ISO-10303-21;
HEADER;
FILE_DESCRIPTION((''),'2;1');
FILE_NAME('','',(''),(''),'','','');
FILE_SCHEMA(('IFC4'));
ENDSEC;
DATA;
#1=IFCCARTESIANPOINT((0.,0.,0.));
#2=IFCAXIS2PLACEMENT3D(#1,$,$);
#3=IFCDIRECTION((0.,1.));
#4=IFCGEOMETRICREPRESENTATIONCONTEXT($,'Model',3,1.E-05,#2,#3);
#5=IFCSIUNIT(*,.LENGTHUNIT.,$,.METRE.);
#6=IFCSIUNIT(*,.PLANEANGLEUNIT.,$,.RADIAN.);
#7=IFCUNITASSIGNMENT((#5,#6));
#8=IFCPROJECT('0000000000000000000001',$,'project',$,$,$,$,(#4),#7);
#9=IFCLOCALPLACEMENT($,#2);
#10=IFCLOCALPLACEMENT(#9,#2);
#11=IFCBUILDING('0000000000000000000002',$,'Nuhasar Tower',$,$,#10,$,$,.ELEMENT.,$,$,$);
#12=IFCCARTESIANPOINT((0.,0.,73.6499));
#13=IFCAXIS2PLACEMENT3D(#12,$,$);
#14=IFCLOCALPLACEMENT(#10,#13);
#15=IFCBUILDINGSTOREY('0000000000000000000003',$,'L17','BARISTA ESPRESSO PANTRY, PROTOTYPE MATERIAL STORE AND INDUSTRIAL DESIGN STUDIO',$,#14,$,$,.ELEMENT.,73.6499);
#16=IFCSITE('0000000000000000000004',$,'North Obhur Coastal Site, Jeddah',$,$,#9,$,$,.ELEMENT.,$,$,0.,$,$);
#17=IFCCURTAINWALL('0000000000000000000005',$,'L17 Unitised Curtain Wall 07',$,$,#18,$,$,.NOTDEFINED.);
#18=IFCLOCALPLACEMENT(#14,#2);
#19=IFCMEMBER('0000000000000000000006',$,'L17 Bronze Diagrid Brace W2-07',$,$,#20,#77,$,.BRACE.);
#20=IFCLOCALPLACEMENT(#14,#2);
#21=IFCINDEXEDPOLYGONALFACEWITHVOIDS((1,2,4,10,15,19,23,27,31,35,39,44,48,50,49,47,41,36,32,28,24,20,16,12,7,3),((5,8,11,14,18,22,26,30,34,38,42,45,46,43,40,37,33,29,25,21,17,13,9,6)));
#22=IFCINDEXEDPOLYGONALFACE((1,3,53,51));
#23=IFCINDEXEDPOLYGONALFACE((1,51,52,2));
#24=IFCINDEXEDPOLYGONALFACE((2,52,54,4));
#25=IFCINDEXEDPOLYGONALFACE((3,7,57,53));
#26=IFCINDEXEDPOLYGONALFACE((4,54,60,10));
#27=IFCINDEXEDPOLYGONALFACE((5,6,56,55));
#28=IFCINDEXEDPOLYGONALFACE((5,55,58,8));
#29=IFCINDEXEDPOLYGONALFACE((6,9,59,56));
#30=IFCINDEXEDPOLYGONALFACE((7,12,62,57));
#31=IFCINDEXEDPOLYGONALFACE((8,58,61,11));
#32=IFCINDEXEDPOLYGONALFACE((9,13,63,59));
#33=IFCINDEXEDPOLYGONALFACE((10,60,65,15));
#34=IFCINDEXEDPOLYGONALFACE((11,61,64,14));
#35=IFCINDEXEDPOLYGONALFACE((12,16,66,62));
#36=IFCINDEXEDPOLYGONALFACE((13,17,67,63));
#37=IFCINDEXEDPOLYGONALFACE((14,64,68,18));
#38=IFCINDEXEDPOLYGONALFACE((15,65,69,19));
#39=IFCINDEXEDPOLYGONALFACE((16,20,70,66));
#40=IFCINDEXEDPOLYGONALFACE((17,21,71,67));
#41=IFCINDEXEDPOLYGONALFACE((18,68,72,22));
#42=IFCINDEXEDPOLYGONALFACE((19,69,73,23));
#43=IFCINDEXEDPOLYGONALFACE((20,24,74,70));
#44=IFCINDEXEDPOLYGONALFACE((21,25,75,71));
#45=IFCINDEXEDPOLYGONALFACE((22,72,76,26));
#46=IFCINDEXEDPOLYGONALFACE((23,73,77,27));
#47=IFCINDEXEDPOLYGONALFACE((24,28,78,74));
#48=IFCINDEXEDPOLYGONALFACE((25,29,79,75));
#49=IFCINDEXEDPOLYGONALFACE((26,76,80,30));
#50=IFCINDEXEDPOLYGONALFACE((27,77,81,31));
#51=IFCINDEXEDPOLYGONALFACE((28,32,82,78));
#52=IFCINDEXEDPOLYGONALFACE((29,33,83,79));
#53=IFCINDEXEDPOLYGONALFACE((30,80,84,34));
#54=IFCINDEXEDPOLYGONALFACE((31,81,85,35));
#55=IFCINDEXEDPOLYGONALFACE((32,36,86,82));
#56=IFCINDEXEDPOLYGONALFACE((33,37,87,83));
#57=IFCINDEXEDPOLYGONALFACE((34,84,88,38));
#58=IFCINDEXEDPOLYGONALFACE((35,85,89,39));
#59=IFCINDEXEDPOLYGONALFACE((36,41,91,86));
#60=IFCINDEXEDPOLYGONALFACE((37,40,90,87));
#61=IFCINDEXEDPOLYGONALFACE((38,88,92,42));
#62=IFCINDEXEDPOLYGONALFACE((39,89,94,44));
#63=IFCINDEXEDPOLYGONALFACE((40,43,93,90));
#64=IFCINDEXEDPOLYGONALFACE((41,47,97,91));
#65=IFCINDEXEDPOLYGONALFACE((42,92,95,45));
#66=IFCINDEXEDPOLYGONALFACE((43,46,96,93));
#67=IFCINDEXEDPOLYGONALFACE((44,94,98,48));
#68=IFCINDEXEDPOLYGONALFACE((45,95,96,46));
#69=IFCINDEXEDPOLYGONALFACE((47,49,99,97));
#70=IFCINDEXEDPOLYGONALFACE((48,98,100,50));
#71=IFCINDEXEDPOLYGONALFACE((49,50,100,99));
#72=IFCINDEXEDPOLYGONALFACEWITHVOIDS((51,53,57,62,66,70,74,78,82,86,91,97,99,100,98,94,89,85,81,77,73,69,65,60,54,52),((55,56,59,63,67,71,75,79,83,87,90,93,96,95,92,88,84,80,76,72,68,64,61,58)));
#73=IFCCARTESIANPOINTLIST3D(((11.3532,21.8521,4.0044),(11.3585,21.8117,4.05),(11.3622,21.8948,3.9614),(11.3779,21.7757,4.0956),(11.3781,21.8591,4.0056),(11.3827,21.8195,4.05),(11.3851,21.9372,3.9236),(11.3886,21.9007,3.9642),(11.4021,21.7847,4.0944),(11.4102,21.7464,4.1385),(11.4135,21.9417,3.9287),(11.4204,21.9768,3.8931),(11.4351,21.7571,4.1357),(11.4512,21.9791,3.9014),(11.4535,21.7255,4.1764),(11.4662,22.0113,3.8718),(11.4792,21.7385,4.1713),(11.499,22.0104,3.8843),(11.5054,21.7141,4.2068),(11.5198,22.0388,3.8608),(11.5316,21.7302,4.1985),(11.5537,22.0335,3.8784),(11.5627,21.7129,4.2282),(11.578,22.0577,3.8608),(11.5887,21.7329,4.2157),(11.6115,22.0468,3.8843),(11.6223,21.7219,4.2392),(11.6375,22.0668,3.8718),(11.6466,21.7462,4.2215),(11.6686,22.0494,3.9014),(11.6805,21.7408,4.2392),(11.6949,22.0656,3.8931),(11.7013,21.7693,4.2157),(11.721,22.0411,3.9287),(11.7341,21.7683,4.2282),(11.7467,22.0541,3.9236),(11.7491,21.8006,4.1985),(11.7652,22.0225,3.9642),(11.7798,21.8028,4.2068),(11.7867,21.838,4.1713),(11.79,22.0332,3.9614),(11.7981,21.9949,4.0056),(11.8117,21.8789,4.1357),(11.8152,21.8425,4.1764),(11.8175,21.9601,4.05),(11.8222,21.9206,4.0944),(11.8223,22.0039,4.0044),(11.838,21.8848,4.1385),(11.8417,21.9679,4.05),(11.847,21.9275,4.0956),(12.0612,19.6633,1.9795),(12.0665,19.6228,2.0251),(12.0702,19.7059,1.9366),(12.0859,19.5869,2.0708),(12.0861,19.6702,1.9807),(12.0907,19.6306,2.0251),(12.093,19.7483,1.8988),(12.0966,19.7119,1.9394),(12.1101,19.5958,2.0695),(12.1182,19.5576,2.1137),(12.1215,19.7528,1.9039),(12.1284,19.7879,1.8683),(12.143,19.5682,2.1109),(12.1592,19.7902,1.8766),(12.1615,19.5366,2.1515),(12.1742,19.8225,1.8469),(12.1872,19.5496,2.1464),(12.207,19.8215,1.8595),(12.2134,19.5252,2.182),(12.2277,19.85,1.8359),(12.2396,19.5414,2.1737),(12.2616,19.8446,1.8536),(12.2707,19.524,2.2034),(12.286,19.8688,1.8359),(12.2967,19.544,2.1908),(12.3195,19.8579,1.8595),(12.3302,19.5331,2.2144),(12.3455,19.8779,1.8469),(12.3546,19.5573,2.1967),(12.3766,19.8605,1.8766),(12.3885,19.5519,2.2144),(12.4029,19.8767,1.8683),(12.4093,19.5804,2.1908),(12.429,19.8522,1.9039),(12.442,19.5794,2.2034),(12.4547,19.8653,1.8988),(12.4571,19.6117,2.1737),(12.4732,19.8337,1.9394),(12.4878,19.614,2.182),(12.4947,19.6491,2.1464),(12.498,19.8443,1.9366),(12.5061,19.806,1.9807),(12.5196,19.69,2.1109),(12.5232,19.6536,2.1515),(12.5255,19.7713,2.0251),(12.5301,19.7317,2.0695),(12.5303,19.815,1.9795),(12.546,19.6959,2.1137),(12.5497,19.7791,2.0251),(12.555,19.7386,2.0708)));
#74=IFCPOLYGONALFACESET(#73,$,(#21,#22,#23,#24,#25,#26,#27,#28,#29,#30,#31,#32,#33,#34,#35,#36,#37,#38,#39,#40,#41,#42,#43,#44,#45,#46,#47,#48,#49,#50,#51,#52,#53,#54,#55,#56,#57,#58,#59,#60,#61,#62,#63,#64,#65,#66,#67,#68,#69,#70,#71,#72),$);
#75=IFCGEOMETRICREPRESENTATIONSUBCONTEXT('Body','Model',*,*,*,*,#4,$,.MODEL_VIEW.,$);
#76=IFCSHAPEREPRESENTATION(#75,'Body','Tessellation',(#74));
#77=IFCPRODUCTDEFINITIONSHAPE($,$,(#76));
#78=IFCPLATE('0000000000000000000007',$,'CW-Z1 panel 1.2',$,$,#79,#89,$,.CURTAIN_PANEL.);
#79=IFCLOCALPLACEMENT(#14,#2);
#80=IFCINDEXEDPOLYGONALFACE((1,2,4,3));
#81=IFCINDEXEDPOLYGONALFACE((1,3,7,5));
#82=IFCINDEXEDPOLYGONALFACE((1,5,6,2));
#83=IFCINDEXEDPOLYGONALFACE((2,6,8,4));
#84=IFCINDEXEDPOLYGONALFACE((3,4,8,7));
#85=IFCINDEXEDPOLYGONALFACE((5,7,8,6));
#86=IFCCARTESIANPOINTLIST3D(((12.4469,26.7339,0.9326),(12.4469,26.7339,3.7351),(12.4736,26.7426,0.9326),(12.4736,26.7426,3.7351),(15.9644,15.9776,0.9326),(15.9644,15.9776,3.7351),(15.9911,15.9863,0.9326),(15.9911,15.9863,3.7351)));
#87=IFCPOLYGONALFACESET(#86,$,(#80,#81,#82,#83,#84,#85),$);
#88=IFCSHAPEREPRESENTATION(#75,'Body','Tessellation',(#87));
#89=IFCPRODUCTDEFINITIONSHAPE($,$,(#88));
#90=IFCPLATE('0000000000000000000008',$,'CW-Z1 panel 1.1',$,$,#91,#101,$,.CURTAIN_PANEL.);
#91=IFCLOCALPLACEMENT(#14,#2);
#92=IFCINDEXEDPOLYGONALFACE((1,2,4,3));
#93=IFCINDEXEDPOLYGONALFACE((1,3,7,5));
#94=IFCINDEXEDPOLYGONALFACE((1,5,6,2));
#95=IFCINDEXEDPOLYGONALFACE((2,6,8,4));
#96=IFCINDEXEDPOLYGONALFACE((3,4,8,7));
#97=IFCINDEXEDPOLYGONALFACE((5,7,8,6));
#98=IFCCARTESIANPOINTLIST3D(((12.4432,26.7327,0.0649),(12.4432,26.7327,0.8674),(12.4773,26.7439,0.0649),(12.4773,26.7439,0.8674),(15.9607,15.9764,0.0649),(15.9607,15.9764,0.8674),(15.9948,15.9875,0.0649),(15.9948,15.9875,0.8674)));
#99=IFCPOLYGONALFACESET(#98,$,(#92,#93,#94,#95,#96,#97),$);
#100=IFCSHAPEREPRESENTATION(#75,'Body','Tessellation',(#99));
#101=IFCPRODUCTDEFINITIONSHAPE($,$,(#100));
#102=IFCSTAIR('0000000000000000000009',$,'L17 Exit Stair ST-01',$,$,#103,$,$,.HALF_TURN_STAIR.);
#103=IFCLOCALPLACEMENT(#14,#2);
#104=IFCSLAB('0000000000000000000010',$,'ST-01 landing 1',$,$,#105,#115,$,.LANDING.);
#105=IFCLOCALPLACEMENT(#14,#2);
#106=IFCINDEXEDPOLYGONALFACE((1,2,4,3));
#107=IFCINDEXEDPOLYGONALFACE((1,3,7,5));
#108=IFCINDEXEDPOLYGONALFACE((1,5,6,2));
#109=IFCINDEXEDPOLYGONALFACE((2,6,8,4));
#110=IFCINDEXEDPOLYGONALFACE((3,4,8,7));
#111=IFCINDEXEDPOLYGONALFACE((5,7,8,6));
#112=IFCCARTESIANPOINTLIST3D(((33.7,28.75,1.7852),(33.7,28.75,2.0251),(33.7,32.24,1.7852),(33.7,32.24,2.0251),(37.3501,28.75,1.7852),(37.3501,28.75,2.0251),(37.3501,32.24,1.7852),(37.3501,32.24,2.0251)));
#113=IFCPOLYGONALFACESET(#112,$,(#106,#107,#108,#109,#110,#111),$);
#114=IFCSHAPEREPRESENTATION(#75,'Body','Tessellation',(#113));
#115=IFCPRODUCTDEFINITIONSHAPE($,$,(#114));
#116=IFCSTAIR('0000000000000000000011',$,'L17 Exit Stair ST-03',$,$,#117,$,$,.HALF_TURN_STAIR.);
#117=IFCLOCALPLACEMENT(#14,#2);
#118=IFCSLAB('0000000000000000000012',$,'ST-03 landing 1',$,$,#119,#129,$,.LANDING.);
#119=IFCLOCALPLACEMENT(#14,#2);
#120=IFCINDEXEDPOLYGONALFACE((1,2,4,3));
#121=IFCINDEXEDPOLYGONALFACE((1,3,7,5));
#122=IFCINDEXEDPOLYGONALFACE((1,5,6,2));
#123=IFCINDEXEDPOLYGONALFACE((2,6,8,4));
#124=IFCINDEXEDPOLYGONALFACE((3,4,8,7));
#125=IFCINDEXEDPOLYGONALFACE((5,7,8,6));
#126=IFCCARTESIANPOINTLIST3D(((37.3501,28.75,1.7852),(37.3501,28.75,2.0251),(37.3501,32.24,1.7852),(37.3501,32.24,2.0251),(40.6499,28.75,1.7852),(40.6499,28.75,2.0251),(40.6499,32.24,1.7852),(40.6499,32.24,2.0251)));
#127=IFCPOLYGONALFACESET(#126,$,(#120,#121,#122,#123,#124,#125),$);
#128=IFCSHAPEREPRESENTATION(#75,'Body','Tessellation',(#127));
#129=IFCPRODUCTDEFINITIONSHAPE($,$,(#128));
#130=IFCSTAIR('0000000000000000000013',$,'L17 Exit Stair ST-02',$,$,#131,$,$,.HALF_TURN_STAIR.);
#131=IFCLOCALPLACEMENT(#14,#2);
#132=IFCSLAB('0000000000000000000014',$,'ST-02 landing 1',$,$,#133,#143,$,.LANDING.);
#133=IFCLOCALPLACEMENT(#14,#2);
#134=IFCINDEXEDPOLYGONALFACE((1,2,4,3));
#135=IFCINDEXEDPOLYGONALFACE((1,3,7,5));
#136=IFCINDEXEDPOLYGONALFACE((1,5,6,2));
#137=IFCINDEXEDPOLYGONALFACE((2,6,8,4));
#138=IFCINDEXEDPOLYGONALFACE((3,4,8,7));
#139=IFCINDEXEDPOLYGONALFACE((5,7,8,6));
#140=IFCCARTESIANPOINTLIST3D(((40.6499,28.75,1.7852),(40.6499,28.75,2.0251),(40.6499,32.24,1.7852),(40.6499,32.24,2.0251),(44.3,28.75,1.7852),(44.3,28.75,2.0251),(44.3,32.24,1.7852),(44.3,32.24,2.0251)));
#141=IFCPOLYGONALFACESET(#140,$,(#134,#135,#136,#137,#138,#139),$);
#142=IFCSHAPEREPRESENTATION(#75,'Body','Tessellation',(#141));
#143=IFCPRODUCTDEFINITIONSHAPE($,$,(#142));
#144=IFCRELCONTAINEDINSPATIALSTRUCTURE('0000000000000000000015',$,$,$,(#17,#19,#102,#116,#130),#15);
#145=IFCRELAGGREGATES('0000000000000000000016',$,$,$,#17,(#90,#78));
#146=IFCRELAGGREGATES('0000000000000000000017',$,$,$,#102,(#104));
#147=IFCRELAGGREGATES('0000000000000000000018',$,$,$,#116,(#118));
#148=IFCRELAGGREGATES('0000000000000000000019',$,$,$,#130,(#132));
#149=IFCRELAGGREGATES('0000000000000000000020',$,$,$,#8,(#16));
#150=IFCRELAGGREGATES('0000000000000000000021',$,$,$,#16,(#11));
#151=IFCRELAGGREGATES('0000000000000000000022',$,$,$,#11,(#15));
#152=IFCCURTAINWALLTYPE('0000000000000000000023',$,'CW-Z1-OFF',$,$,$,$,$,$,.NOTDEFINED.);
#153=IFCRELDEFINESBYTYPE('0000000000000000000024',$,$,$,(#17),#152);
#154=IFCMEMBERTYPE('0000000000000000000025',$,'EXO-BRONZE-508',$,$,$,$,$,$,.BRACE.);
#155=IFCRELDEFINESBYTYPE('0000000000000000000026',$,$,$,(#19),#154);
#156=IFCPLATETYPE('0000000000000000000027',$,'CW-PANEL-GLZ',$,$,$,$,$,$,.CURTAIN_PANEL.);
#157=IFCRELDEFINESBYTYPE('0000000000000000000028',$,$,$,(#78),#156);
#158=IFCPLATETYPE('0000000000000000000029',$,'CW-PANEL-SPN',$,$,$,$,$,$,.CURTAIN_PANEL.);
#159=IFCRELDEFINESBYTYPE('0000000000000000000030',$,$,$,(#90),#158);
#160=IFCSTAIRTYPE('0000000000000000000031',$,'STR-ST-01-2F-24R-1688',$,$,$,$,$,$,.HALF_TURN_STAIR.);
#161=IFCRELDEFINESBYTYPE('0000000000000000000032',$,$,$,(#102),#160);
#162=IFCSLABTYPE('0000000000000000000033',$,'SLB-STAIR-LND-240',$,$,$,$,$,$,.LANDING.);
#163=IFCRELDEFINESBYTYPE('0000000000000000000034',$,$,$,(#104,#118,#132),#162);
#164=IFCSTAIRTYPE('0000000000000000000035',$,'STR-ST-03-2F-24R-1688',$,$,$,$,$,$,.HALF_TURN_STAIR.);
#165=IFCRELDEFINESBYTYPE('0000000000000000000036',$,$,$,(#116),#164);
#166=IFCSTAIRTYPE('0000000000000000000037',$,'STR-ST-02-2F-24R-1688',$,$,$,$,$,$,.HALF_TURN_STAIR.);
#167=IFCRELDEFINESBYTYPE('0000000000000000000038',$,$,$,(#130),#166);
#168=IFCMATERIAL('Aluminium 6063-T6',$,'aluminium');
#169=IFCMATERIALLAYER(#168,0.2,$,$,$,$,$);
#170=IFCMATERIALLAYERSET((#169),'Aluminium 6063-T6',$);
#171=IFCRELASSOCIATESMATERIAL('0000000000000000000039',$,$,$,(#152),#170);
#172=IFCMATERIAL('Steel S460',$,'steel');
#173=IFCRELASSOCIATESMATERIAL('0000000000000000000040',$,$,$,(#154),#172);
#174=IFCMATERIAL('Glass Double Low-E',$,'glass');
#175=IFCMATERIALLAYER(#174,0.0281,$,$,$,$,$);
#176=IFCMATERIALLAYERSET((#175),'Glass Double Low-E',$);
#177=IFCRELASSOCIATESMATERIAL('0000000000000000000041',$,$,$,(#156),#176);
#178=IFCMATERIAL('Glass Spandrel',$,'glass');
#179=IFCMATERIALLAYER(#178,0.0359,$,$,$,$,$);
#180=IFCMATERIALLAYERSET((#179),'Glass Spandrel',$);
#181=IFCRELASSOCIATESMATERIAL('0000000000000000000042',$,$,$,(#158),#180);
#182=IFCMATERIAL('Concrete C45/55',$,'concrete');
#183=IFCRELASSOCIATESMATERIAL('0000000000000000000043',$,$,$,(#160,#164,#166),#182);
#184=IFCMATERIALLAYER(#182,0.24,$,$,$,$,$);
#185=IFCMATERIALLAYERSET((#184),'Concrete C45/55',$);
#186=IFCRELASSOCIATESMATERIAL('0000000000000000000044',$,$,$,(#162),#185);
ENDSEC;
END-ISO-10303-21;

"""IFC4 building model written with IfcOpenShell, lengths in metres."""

from ifc_helpers import new_model, si_unit, direction, frame, origin, origin_2d, place, context, subcontext, project, spatial, polyline, rectangle, hollow_circle, outline, extrude, material, layer, layer_set, material_profile, profile_set, type_object, element, aggregate, save


model = new_model("IFC4")

# Units and contexts
model_context = context("Model", 3, precision=1e-05, world=origin(), true_north=direction((0.0, 1.0)))
body_context = subcontext(model_context, "Body", "Model", "MODEL_VIEW")
ifc_project = project(units=[si_unit("LENGTHUNIT", "METRE"), si_unit("PLANEANGLEUNIT", "RADIAN")], contexts=[model_context])

# Site, building, storey
site_placement = place(None, origin())
site = spatial("IfcSite", under=ifc_project, at=site_placement, Name="North Obhur Coastal Site, Jeddah", CompositionType="ELEMENT", RefElevation=0.0)
building_placement = place(site_placement, origin())
building = spatial("IfcBuilding", under=site, at=building_placement, Name="Nuhasar Tower", CompositionType="ELEMENT")
storey_placement = place(building_placement, frame((0.0, 0.0, 73.6499)))
storey = spatial("IfcBuildingStorey", under=building, at=storey_placement, Name="L17", Description="BARISTA ESPRESSO PANTRY, PROTOTYPE MATERIAL STORE AND INDUSTRIAL DESIGN STUDIO", CompositionType="ELEMENT", Elevation=73.6499)

# Curtain wall
ifc_material_1 = material(Name="Aluminium 6063-T6", Category="aluminium")
ifc_layer_1 = layer(ifc_material_1, 0.2)
ifc_layer_set_1 = layer_set([ifc_layer_1], Name="Aluminium 6063-T6")
curtain_wall_type = type_object("IfcCurtainWallType", Name="CW-Z1-OFF", PredefinedType="NOTDEFINED", material=ifc_layer_set_1)
curtain_wall_1_placement = place(storey_placement, origin())
curtain_wall_1 = element("IfcCurtainWall", 1, at=curtain_wall_1_placement, inside=storey, type_object=curtain_wall_type, Name="L17 Unitised Curtain Wall 07", PredefinedType="NOTDEFINED")

# Member
ifc_material_2 = material(Name="Steel S460", Category="steel")
ifc_material_profile_1 = material_profile(ifc_material_2, hollow_circle(Radius=0.2539, WallThickness=0.0254, at=origin_2d()), Name="HSS508X25.4")
ifc_profile_set_1 = profile_set([ifc_material_profile_1], Name="Steel S460")
member_type_1 = type_object("IfcMemberType", Name="EXO-BRONZE-508", PredefinedType="BRACE", material=ifc_profile_set_1)
member_1_placement = place(storey_placement, frame((12.3081, 19.7009, 2.0251), z_axis=(-0.231012, 0.714225, 0.660694), x_axis=(-0.951468, -0.307747, 0.0)))
element("IfcMember", 2, at=member_1_placement, inside=storey, type_object=member_type_1, Name="L17 Bronze Diagrid Brace W2-07", PredefinedType="BRACE", context=body_context, shape_type="SweptSolid", body=[
    extrude(hollow_circle(Radius=0.2539, WallThickness=0.0254, at=origin_2d()), origin(), (0.0, 0.0, 1.0), 3.0647),
])

# Plates
ifc_material_3 = material(Name="Glass Double Low-E", Category="glass")
ifc_layer_2 = layer(ifc_material_3, 0.0281)
ifc_layer_set_2 = layer_set([ifc_layer_2], Name="Glass Double Low-E")
plate_type_1 = type_object("IfcPlateType", Name="CW-PANEL-GLZ", PredefinedType="CURTAIN_PANEL", material=ifc_layer_set_2)
plate_1_placement = place(storey_placement, frame((14.219, 21.3601, 0.9326), z_axis=(0.0, 0.0, 1.0), x_axis=(0.310824, -0.950468, 0.0)))
plate_1 = element("IfcPlate", 3, at=plate_1_placement, type_object=plate_type_1, Name="CW-Z1 panel 1.2", PredefinedType="CURTAIN_PANEL", context=body_context, shape_type="SweptSolid", body=[
    extrude(rectangle(XDim=11.3169, YDim=0.0281, at=origin_2d()), origin(), (0.0, 0.0, 1.0), 2.8025),
])
ifc_material_4 = material(Name="Glass Spandrel", Category="glass")
ifc_layer_3 = layer(ifc_material_4, 0.0359)
ifc_layer_set_3 = layer_set([ifc_layer_3], Name="Glass Spandrel")
plate_type_2 = type_object("IfcPlateType", Name="CW-PANEL-SPN", PredefinedType="CURTAIN_PANEL", material=ifc_layer_set_3)
plate_2_placement = place(storey_placement, frame((14.219, 21.3601, 0.0649), z_axis=(0.0, 0.0, 1.0), x_axis=(0.310824, -0.950468, 0.0)))
plate_2 = element("IfcPlate", 4, at=plate_2_placement, type_object=plate_type_2, Name="CW-Z1 panel 1.1", PredefinedType="CURTAIN_PANEL", context=body_context, shape_type="SweptSolid", body=[
    extrude(rectangle(XDim=11.3169, YDim=0.0359, at=origin_2d()), origin(), (0.0, 0.0, 1.0), 0.8025),
])
aggregate(curtain_wall_1, [plate_2, plate_1])

# Stairs, slabs
ifc_material_5 = material(Name="Concrete C45/55", Category="concrete")
stair_type_1 = type_object("IfcStairType", Name="STR-ST-01-2F-24R-1688", PredefinedType="HALF_TURN_STAIR", material=ifc_material_5)
stair_1_placement = place(storey_placement, origin())
stair_1 = element("IfcStair", 5, at=stair_1_placement, inside=storey, type_object=stair_type_1, Name="L17 Exit Stair ST-01", PredefinedType="HALF_TURN_STAIR")
ifc_layer_4 = layer(ifc_material_5, 0.24)
ifc_layer_set_4 = layer_set([ifc_layer_4], Name="Concrete C45/55")
slab_type_1 = type_object("IfcSlabType", Name="SLB-STAIR-LND-240", PredefinedType="LANDING", material=ifc_layer_set_4)
slab_1_placement = place(storey_placement, frame((0.0, 0.0, 1.7852)))
slab_1 = element("IfcSlab", 6, at=slab_1_placement, type_object=slab_type_1, Name="ST-01 landing 1", PredefinedType="LANDING", context=body_context, shape_type="SweptSolid", body=[
    extrude(outline(polyline([(33.7, 28.75), (37.3501, 28.75), (37.3501, 32.24), (33.7, 32.24), (33.7, 28.75)])), origin(), (0.0, 0.0, 1.0), 0.24),
])
aggregate(stair_1, [slab_1])
stair_type_2 = type_object("IfcStairType", Name="STR-ST-03-2F-24R-1688", PredefinedType="HALF_TURN_STAIR", material=ifc_material_5)
stair_2_placement = place(storey_placement, origin())
stair_2 = element("IfcStair", 7, at=stair_2_placement, inside=storey, type_object=stair_type_2, Name="L17 Exit Stair ST-03", PredefinedType="HALF_TURN_STAIR")
slab_2_placement = place(storey_placement, frame((0.0, 0.0, 1.7852)))
slab_2 = element("IfcSlab", 8, at=slab_2_placement, type_object=slab_type_1, Name="ST-03 landing 1", PredefinedType="LANDING", context=body_context, shape_type="SweptSolid", body=[
    extrude(outline(polyline([(37.3501, 28.75), (40.6499, 28.75), (40.6499, 32.24), (37.3501, 32.24), (37.3501, 28.75)])), origin(), (0.0, 0.0, 1.0), 0.24),
])
aggregate(stair_2, [slab_2])
stair_type_3 = type_object("IfcStairType", Name="STR-ST-02-2F-24R-1688", PredefinedType="HALF_TURN_STAIR", material=ifc_material_5)
stair_3_placement = place(storey_placement, origin())
stair_3 = element("IfcStair", 9, at=stair_3_placement, inside=storey, type_object=stair_type_3, Name="L17 Exit Stair ST-02", PredefinedType="HALF_TURN_STAIR")
slab_3_placement = place(storey_placement, frame((0.0, 0.0, 1.7852)))
slab_3 = element("IfcSlab", 10, at=slab_3_placement, type_object=slab_type_1, Name="ST-02 landing 1", PredefinedType="LANDING", context=body_context, shape_type="SweptSolid", body=[
    extrude(outline(polyline([(40.6499, 28.75), (44.3, 28.75), (44.3, 32.24), (40.6499, 32.24), (40.6499, 28.75)])), origin(), (0.0, 0.0, 1.0), 0.24),
])
aggregate(stair_3, [slab_3])

save(model, "model.ifc")
